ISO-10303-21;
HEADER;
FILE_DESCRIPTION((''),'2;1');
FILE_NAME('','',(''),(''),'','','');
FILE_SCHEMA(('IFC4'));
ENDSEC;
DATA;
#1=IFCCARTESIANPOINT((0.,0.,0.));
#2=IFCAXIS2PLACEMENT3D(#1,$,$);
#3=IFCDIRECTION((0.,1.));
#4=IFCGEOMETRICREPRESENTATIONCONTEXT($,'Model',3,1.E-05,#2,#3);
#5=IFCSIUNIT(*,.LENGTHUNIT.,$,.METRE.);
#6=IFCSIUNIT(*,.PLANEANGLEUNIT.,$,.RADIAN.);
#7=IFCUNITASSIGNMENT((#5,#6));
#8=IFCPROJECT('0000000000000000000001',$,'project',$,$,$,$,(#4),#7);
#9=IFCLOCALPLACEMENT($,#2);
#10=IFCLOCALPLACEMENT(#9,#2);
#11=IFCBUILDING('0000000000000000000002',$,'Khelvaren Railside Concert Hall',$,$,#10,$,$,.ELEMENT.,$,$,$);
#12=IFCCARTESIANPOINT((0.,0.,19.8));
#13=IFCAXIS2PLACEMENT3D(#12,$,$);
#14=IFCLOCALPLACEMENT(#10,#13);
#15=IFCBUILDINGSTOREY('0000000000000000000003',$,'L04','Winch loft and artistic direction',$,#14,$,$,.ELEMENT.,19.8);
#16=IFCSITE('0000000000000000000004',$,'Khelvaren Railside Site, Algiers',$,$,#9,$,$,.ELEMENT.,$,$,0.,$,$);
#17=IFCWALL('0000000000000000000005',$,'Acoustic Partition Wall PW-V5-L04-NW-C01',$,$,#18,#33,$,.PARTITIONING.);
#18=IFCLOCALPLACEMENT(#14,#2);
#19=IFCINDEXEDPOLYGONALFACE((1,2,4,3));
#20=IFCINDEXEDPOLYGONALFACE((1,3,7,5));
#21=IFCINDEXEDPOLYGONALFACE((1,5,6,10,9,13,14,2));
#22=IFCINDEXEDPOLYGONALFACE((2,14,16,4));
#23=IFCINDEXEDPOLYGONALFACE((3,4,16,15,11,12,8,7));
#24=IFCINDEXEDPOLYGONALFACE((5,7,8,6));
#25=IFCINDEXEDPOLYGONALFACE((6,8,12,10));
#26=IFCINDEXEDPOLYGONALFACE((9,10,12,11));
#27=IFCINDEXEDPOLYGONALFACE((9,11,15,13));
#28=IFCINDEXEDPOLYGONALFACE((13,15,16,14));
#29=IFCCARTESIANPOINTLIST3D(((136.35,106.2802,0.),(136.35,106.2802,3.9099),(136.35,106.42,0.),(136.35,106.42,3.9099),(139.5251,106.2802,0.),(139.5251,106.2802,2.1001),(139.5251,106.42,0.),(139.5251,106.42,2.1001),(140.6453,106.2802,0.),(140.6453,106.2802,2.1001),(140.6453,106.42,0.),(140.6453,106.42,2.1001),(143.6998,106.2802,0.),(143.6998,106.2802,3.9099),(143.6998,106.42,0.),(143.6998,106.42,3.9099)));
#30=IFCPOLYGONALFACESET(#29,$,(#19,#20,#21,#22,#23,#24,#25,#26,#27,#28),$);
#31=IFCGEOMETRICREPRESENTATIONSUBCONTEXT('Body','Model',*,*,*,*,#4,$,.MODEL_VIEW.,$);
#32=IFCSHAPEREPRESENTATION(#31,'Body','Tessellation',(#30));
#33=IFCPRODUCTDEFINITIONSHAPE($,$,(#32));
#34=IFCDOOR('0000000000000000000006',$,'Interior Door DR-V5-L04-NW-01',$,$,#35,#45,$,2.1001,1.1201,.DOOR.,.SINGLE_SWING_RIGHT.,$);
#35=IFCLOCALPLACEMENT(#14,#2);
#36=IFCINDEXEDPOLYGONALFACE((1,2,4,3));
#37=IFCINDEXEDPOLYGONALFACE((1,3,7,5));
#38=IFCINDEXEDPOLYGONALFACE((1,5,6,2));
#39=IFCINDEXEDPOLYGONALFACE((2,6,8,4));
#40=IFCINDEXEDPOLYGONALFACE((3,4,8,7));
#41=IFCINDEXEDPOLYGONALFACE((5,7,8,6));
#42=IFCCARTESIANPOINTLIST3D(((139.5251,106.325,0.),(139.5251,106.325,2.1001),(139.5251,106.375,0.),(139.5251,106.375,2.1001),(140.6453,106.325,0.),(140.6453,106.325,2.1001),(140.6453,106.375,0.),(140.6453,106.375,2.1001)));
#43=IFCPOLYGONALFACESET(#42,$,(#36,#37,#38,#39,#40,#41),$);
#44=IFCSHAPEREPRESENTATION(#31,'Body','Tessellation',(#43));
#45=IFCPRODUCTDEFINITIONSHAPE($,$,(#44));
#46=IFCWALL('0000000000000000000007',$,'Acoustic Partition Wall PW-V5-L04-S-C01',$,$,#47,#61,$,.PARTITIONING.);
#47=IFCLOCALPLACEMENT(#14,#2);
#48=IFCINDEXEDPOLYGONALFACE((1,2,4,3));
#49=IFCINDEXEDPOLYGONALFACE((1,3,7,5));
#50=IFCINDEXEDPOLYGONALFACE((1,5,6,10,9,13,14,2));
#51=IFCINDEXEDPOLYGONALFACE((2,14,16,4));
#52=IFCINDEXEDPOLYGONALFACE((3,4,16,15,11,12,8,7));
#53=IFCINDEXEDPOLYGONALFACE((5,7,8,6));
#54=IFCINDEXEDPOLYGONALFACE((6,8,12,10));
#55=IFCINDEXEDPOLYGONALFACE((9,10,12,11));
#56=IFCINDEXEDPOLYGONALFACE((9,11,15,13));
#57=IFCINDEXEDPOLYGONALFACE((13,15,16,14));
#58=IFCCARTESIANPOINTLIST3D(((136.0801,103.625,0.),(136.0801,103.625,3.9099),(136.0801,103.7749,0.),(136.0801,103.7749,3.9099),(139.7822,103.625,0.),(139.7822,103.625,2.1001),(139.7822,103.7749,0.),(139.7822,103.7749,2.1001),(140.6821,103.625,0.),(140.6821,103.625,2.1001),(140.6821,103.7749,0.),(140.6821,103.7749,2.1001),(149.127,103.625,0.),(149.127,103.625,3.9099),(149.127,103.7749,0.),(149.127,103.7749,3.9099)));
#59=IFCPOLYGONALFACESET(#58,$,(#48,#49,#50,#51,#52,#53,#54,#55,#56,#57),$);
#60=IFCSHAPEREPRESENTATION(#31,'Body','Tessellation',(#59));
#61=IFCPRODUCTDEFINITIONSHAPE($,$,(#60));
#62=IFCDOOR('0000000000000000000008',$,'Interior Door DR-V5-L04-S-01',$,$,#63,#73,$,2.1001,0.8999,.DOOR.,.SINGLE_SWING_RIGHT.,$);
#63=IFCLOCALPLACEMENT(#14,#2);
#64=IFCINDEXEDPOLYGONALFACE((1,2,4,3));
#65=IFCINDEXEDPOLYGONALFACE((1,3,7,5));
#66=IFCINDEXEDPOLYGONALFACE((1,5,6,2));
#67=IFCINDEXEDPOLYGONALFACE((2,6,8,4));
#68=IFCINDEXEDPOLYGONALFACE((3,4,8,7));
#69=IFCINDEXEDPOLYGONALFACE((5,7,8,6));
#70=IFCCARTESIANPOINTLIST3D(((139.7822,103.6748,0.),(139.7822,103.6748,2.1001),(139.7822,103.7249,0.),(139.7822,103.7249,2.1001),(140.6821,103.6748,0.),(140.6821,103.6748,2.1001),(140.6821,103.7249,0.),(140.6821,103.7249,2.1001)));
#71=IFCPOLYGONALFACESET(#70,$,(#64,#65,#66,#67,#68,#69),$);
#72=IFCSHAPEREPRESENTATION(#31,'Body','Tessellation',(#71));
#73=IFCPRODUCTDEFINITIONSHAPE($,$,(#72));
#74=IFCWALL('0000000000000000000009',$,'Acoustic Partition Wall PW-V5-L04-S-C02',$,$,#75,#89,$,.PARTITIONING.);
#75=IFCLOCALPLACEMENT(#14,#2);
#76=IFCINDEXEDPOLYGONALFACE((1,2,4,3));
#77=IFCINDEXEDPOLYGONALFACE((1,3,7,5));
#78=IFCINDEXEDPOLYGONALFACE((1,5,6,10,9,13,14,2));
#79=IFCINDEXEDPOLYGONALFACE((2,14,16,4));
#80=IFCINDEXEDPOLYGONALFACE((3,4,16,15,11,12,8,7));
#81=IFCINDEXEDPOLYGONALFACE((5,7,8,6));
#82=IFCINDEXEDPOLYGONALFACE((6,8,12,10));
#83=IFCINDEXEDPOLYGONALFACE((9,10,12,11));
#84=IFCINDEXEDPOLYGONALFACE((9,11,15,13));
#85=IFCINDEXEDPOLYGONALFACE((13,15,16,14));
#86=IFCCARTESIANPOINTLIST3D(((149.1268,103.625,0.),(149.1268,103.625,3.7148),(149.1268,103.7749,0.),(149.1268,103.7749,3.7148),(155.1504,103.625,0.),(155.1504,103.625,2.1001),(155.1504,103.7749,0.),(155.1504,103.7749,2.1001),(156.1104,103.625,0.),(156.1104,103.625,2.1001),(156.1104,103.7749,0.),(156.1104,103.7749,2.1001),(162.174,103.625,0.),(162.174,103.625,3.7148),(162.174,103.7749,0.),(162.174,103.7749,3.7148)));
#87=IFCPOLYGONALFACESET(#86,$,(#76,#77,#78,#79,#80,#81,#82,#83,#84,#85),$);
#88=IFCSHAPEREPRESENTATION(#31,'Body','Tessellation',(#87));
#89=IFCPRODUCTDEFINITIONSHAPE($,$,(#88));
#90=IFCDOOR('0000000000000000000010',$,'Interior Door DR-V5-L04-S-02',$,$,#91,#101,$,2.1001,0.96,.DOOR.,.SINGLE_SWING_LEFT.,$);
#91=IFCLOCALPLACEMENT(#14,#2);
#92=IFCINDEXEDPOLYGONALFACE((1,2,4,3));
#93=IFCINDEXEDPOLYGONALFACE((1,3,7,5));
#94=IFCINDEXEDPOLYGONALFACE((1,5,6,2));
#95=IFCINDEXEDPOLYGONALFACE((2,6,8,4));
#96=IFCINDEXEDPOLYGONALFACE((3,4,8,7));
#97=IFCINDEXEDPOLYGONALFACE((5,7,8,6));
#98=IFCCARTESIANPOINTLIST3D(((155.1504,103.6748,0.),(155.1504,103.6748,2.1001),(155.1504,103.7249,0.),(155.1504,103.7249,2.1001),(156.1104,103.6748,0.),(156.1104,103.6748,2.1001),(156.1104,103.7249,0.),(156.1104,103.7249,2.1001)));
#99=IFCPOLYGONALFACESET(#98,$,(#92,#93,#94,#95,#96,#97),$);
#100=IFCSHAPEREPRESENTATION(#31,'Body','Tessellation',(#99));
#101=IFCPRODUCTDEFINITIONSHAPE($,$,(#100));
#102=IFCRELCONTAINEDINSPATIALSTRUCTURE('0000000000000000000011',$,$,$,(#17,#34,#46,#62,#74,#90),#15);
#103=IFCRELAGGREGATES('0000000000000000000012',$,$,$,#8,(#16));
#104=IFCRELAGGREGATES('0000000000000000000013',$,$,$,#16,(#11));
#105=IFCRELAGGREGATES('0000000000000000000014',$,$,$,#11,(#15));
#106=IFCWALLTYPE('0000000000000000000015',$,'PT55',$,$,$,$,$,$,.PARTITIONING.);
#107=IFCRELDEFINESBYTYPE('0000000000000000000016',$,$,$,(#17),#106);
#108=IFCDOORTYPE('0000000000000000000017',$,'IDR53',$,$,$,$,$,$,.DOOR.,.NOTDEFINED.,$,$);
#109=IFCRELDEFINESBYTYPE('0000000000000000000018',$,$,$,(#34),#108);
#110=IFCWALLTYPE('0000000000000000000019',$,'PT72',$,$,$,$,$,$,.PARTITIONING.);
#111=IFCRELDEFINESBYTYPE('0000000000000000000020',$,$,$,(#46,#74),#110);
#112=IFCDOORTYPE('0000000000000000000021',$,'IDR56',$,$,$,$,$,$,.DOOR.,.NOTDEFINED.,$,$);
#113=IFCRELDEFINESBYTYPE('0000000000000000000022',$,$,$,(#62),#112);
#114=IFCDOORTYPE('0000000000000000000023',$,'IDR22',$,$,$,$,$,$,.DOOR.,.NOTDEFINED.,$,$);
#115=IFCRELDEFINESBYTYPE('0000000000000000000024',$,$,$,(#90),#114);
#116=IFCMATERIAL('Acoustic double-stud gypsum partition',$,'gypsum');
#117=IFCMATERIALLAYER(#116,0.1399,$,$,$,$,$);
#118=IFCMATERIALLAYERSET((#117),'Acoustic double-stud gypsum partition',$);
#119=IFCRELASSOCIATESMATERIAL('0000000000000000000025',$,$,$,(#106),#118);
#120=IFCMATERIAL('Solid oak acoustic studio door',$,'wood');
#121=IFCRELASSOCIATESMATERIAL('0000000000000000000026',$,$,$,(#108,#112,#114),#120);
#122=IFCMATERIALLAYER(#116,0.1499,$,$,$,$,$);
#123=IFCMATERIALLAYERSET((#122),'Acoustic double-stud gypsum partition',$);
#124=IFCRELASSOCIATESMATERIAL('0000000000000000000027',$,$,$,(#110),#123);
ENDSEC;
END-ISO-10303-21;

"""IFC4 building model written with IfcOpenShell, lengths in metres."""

from ifc_helpers import new_model, si_unit, direction, frame, frame_2d, origin, place, context, subcontext, project, spatial, rectangle, extrude, material, layer, layer_set, type_object, element, fill, save


model = new_model("IFC4")

# Units and contexts
model_context = context("Model", 3, precision=1e-05, world=origin(), true_north=direction((0.0, 1.0)))
body_context = subcontext(model_context, "Body", "Model", "MODEL_VIEW")
ifc_project = project(units=[si_unit("LENGTHUNIT", "METRE"), si_unit("PLANEANGLEUNIT", "RADIAN")], contexts=[model_context])

# Site, building, storey
site_placement = place(None, origin())
site = spatial("IfcSite", under=ifc_project, at=site_placement, Name="Khelvaren Railside Site, Algiers", CompositionType="ELEMENT", RefElevation=0.0)
building_placement = place(site_placement, origin())
building = spatial("IfcBuilding", under=site, at=building_placement, Name="Khelvaren Railside Concert Hall", CompositionType="ELEMENT")
storey_placement = place(building_placement, frame((0.0, 0.0, 19.8)))
storey = spatial("IfcBuildingStorey", under=building, at=storey_placement, Name="L04", Description="Winch loft and artistic direction", CompositionType="ELEMENT", Elevation=19.8)

# Walls, openings, doors
ifc_material_1 = material(Name="Acoustic double-stud gypsum partition", Category="gypsum")
ifc_layer_1 = layer(ifc_material_1, 0.1399)
ifc_layer_set_1 = layer_set([ifc_layer_1], Name="Acoustic double-stud gypsum partition")
wall_type_1 = type_object("IfcWallType", Name="PT55", PredefinedType="PARTITIONING", material=ifc_layer_set_1)
wall_1_placement = place(storey_placement, frame((136.3501, 106.3501, 0.0), z_axis=(0.0, 0.0, 1.0), x_axis=(1.0, 0.0, 0.0)))
wall_1 = element("IfcWall", 1, at=wall_1_placement, inside=storey, type_object=wall_type_1, Name="Acoustic Partition Wall PW-V5-L04-NW-C01", PredefinedType="PARTITIONING", context=body_context, shape_type="SweptSolid", body=[
    extrude(rectangle(XDim=7.3499, YDim=0.1399, at=frame_2d((3.6748, 0.0))), origin(), (0.0, 0.0, 1.0), 3.9099),
])
opening_1_placement = place(wall_1_placement, frame((3.175, 0.0, 0.0)))
opening_1 = element("IfcOpeningElement", 2, at=opening_1_placement, cuts=wall_1, PredefinedType="OPENING", context=body_context, shape_type="SweptSolid", body=[
    extrude(rectangle(XDim=1.1201, YDim=2.1001, at=frame_2d((0.5601, 1.05))), frame((0.0, 0.0798, 0.0), z_axis=(0.0, -1.0, 0.0), x_axis=(1.0, 0.0, 0.0)), (0.0, 0.0, 1.0), 0.1599),
])
ifc_material_2 = material(Name="Solid oak acoustic studio door", Category="wood")
door_type_1 = type_object("IfcDoorType", Name="IDR53", OperationType="NOTDEFINED", PredefinedType="DOOR", material=ifc_material_2)
door_1_placement = place(opening_1_placement, origin())
door_1 = element("IfcDoor", 3, at=door_1_placement, inside=storey, type_object=door_type_1, Name="Interior Door DR-V5-L04-NW-01", OperationType="SINGLE_SWING_RIGHT", OverallHeight=2.1001, OverallWidth=1.1201, PredefinedType="DOOR", context=body_context, shape_type="SweptSolid", body=[
    extrude(rectangle(XDim=1.1201, YDim=2.1001, at=frame_2d((0.5601, 1.05))), frame((0.0, 0.0249, 0.0), z_axis=(0.0, -1.0, 0.0), x_axis=(1.0, 0.0, 0.0)), (0.0, 0.0, 1.0), 0.05),
])
fill(opening_1, door_1)
ifc_layer_2 = layer(ifc_material_1, 0.1499)
ifc_layer_set_2 = layer_set([ifc_layer_2], Name="Acoustic double-stud gypsum partition")
wall_type_2 = type_object("IfcWallType", Name="PT72", PredefinedType="PARTITIONING", material=ifc_layer_set_2)
wall_2_placement = place(storey_placement, frame((136.0801, 103.7, 0.0), z_axis=(0.0, 0.0, 1.0), x_axis=(1.0, 0.0, 0.0)))
wall_2 = element("IfcWall", 4, at=wall_2_placement, inside=storey, type_object=wall_type_2, Name="Acoustic Partition Wall PW-V5-L04-S-C01", PredefinedType="PARTITIONING", context=body_context, shape_type="SweptSolid", body=[
    extrude(rectangle(XDim=13.0469, YDim=0.1499, at=frame_2d((6.5234, 0.0))), origin(), (0.0, 0.0, 1.0), 3.9099),
])
opening_2_placement = place(wall_2_placement, frame((3.7021, 0.0, 0.0)))
opening_2 = element("IfcOpeningElement", 5, at=opening_2_placement, cuts=wall_2, PredefinedType="OPENING", context=body_context, shape_type="SweptSolid", body=[
    extrude(rectangle(XDim=0.8999, YDim=2.1001, at=frame_2d((0.45, 1.05))), frame((0.0, 0.085, 0.0), z_axis=(0.0, -1.0, 0.0), x_axis=(1.0, 0.0, 0.0)), (0.0, 0.0, 1.0), 0.1699),
])
door_type_2 = type_object("IfcDoorType", Name="IDR56", OperationType="NOTDEFINED", PredefinedType="DOOR", material=ifc_material_2)
door_2_placement = place(opening_2_placement, origin())
door_2 = element("IfcDoor", 6, at=door_2_placement, inside=storey, type_object=door_type_2, Name="Interior Door DR-V5-L04-S-01", OperationType="SINGLE_SWING_RIGHT", OverallHeight=2.1001, OverallWidth=0.8999, PredefinedType="DOOR", context=body_context, shape_type="SweptSolid", body=[
    extrude(rectangle(XDim=0.8999, YDim=2.1001, at=frame_2d((0.45, 1.05))), frame((0.0, 0.0249, 0.0), z_axis=(0.0, -1.0, 0.0), x_axis=(1.0, 0.0, 0.0)), (0.0, 0.0, 1.0), 0.05),
])
fill(opening_2, door_2)
wall_3_placement = place(storey_placement, frame((149.127, 103.7, 0.0), z_axis=(0.0, 0.0, 1.0), x_axis=(1.0, 0.0, 0.0)))
wall_3 = element("IfcWall", 7, at=wall_3_placement, inside=storey, type_object=wall_type_2, Name="Acoustic Partition Wall PW-V5-L04-S-C02", PredefinedType="PARTITIONING", context=body_context, shape_type="SweptSolid", body=[
    extrude(rectangle(XDim=13.0471, YDim=0.1499, at=frame_2d((6.5234, 0.0))), origin(), (0.0, 0.0, 1.0), 3.7148),
])
opening_3_placement = place(wall_3_placement, frame((6.0234, 0.0, 0.0)))
opening_3 = element("IfcOpeningElement", 8, at=opening_3_placement, cuts=wall_3, PredefinedType="OPENING", context=body_context, shape_type="SweptSolid", body=[
    extrude(rectangle(XDim=0.96, YDim=2.1001, at=frame_2d((0.48, 1.05))), frame((0.0, 0.085, 0.0), z_axis=(0.0, -1.0, 0.0), x_axis=(1.0, 0.0, 0.0)), (0.0, 0.0, 1.0), 0.1699),
])
door_type_3 = type_object("IfcDoorType", Name="IDR22", OperationType="NOTDEFINED", PredefinedType="DOOR", material=ifc_material_2)
door_3_placement = place(opening_3_placement, origin())
door_3 = element("IfcDoor", 9, at=door_3_placement, inside=storey, type_object=door_type_3, Name="Interior Door DR-V5-L04-S-02", OperationType="SINGLE_SWING_LEFT", OverallHeight=2.1001, OverallWidth=0.96, PredefinedType="DOOR", context=body_context, shape_type="SweptSolid", body=[
    extrude(rectangle(XDim=0.96, YDim=2.1001, at=frame_2d((0.48, 1.05))), frame((0.0, 0.0249, 0.0), z_axis=(0.0, -1.0, 0.0), x_axis=(1.0, 0.0, 0.0)), (0.0, 0.0, 1.0), 0.05),
])
fill(opening_3, door_3)

save(model, "model.ifc")
